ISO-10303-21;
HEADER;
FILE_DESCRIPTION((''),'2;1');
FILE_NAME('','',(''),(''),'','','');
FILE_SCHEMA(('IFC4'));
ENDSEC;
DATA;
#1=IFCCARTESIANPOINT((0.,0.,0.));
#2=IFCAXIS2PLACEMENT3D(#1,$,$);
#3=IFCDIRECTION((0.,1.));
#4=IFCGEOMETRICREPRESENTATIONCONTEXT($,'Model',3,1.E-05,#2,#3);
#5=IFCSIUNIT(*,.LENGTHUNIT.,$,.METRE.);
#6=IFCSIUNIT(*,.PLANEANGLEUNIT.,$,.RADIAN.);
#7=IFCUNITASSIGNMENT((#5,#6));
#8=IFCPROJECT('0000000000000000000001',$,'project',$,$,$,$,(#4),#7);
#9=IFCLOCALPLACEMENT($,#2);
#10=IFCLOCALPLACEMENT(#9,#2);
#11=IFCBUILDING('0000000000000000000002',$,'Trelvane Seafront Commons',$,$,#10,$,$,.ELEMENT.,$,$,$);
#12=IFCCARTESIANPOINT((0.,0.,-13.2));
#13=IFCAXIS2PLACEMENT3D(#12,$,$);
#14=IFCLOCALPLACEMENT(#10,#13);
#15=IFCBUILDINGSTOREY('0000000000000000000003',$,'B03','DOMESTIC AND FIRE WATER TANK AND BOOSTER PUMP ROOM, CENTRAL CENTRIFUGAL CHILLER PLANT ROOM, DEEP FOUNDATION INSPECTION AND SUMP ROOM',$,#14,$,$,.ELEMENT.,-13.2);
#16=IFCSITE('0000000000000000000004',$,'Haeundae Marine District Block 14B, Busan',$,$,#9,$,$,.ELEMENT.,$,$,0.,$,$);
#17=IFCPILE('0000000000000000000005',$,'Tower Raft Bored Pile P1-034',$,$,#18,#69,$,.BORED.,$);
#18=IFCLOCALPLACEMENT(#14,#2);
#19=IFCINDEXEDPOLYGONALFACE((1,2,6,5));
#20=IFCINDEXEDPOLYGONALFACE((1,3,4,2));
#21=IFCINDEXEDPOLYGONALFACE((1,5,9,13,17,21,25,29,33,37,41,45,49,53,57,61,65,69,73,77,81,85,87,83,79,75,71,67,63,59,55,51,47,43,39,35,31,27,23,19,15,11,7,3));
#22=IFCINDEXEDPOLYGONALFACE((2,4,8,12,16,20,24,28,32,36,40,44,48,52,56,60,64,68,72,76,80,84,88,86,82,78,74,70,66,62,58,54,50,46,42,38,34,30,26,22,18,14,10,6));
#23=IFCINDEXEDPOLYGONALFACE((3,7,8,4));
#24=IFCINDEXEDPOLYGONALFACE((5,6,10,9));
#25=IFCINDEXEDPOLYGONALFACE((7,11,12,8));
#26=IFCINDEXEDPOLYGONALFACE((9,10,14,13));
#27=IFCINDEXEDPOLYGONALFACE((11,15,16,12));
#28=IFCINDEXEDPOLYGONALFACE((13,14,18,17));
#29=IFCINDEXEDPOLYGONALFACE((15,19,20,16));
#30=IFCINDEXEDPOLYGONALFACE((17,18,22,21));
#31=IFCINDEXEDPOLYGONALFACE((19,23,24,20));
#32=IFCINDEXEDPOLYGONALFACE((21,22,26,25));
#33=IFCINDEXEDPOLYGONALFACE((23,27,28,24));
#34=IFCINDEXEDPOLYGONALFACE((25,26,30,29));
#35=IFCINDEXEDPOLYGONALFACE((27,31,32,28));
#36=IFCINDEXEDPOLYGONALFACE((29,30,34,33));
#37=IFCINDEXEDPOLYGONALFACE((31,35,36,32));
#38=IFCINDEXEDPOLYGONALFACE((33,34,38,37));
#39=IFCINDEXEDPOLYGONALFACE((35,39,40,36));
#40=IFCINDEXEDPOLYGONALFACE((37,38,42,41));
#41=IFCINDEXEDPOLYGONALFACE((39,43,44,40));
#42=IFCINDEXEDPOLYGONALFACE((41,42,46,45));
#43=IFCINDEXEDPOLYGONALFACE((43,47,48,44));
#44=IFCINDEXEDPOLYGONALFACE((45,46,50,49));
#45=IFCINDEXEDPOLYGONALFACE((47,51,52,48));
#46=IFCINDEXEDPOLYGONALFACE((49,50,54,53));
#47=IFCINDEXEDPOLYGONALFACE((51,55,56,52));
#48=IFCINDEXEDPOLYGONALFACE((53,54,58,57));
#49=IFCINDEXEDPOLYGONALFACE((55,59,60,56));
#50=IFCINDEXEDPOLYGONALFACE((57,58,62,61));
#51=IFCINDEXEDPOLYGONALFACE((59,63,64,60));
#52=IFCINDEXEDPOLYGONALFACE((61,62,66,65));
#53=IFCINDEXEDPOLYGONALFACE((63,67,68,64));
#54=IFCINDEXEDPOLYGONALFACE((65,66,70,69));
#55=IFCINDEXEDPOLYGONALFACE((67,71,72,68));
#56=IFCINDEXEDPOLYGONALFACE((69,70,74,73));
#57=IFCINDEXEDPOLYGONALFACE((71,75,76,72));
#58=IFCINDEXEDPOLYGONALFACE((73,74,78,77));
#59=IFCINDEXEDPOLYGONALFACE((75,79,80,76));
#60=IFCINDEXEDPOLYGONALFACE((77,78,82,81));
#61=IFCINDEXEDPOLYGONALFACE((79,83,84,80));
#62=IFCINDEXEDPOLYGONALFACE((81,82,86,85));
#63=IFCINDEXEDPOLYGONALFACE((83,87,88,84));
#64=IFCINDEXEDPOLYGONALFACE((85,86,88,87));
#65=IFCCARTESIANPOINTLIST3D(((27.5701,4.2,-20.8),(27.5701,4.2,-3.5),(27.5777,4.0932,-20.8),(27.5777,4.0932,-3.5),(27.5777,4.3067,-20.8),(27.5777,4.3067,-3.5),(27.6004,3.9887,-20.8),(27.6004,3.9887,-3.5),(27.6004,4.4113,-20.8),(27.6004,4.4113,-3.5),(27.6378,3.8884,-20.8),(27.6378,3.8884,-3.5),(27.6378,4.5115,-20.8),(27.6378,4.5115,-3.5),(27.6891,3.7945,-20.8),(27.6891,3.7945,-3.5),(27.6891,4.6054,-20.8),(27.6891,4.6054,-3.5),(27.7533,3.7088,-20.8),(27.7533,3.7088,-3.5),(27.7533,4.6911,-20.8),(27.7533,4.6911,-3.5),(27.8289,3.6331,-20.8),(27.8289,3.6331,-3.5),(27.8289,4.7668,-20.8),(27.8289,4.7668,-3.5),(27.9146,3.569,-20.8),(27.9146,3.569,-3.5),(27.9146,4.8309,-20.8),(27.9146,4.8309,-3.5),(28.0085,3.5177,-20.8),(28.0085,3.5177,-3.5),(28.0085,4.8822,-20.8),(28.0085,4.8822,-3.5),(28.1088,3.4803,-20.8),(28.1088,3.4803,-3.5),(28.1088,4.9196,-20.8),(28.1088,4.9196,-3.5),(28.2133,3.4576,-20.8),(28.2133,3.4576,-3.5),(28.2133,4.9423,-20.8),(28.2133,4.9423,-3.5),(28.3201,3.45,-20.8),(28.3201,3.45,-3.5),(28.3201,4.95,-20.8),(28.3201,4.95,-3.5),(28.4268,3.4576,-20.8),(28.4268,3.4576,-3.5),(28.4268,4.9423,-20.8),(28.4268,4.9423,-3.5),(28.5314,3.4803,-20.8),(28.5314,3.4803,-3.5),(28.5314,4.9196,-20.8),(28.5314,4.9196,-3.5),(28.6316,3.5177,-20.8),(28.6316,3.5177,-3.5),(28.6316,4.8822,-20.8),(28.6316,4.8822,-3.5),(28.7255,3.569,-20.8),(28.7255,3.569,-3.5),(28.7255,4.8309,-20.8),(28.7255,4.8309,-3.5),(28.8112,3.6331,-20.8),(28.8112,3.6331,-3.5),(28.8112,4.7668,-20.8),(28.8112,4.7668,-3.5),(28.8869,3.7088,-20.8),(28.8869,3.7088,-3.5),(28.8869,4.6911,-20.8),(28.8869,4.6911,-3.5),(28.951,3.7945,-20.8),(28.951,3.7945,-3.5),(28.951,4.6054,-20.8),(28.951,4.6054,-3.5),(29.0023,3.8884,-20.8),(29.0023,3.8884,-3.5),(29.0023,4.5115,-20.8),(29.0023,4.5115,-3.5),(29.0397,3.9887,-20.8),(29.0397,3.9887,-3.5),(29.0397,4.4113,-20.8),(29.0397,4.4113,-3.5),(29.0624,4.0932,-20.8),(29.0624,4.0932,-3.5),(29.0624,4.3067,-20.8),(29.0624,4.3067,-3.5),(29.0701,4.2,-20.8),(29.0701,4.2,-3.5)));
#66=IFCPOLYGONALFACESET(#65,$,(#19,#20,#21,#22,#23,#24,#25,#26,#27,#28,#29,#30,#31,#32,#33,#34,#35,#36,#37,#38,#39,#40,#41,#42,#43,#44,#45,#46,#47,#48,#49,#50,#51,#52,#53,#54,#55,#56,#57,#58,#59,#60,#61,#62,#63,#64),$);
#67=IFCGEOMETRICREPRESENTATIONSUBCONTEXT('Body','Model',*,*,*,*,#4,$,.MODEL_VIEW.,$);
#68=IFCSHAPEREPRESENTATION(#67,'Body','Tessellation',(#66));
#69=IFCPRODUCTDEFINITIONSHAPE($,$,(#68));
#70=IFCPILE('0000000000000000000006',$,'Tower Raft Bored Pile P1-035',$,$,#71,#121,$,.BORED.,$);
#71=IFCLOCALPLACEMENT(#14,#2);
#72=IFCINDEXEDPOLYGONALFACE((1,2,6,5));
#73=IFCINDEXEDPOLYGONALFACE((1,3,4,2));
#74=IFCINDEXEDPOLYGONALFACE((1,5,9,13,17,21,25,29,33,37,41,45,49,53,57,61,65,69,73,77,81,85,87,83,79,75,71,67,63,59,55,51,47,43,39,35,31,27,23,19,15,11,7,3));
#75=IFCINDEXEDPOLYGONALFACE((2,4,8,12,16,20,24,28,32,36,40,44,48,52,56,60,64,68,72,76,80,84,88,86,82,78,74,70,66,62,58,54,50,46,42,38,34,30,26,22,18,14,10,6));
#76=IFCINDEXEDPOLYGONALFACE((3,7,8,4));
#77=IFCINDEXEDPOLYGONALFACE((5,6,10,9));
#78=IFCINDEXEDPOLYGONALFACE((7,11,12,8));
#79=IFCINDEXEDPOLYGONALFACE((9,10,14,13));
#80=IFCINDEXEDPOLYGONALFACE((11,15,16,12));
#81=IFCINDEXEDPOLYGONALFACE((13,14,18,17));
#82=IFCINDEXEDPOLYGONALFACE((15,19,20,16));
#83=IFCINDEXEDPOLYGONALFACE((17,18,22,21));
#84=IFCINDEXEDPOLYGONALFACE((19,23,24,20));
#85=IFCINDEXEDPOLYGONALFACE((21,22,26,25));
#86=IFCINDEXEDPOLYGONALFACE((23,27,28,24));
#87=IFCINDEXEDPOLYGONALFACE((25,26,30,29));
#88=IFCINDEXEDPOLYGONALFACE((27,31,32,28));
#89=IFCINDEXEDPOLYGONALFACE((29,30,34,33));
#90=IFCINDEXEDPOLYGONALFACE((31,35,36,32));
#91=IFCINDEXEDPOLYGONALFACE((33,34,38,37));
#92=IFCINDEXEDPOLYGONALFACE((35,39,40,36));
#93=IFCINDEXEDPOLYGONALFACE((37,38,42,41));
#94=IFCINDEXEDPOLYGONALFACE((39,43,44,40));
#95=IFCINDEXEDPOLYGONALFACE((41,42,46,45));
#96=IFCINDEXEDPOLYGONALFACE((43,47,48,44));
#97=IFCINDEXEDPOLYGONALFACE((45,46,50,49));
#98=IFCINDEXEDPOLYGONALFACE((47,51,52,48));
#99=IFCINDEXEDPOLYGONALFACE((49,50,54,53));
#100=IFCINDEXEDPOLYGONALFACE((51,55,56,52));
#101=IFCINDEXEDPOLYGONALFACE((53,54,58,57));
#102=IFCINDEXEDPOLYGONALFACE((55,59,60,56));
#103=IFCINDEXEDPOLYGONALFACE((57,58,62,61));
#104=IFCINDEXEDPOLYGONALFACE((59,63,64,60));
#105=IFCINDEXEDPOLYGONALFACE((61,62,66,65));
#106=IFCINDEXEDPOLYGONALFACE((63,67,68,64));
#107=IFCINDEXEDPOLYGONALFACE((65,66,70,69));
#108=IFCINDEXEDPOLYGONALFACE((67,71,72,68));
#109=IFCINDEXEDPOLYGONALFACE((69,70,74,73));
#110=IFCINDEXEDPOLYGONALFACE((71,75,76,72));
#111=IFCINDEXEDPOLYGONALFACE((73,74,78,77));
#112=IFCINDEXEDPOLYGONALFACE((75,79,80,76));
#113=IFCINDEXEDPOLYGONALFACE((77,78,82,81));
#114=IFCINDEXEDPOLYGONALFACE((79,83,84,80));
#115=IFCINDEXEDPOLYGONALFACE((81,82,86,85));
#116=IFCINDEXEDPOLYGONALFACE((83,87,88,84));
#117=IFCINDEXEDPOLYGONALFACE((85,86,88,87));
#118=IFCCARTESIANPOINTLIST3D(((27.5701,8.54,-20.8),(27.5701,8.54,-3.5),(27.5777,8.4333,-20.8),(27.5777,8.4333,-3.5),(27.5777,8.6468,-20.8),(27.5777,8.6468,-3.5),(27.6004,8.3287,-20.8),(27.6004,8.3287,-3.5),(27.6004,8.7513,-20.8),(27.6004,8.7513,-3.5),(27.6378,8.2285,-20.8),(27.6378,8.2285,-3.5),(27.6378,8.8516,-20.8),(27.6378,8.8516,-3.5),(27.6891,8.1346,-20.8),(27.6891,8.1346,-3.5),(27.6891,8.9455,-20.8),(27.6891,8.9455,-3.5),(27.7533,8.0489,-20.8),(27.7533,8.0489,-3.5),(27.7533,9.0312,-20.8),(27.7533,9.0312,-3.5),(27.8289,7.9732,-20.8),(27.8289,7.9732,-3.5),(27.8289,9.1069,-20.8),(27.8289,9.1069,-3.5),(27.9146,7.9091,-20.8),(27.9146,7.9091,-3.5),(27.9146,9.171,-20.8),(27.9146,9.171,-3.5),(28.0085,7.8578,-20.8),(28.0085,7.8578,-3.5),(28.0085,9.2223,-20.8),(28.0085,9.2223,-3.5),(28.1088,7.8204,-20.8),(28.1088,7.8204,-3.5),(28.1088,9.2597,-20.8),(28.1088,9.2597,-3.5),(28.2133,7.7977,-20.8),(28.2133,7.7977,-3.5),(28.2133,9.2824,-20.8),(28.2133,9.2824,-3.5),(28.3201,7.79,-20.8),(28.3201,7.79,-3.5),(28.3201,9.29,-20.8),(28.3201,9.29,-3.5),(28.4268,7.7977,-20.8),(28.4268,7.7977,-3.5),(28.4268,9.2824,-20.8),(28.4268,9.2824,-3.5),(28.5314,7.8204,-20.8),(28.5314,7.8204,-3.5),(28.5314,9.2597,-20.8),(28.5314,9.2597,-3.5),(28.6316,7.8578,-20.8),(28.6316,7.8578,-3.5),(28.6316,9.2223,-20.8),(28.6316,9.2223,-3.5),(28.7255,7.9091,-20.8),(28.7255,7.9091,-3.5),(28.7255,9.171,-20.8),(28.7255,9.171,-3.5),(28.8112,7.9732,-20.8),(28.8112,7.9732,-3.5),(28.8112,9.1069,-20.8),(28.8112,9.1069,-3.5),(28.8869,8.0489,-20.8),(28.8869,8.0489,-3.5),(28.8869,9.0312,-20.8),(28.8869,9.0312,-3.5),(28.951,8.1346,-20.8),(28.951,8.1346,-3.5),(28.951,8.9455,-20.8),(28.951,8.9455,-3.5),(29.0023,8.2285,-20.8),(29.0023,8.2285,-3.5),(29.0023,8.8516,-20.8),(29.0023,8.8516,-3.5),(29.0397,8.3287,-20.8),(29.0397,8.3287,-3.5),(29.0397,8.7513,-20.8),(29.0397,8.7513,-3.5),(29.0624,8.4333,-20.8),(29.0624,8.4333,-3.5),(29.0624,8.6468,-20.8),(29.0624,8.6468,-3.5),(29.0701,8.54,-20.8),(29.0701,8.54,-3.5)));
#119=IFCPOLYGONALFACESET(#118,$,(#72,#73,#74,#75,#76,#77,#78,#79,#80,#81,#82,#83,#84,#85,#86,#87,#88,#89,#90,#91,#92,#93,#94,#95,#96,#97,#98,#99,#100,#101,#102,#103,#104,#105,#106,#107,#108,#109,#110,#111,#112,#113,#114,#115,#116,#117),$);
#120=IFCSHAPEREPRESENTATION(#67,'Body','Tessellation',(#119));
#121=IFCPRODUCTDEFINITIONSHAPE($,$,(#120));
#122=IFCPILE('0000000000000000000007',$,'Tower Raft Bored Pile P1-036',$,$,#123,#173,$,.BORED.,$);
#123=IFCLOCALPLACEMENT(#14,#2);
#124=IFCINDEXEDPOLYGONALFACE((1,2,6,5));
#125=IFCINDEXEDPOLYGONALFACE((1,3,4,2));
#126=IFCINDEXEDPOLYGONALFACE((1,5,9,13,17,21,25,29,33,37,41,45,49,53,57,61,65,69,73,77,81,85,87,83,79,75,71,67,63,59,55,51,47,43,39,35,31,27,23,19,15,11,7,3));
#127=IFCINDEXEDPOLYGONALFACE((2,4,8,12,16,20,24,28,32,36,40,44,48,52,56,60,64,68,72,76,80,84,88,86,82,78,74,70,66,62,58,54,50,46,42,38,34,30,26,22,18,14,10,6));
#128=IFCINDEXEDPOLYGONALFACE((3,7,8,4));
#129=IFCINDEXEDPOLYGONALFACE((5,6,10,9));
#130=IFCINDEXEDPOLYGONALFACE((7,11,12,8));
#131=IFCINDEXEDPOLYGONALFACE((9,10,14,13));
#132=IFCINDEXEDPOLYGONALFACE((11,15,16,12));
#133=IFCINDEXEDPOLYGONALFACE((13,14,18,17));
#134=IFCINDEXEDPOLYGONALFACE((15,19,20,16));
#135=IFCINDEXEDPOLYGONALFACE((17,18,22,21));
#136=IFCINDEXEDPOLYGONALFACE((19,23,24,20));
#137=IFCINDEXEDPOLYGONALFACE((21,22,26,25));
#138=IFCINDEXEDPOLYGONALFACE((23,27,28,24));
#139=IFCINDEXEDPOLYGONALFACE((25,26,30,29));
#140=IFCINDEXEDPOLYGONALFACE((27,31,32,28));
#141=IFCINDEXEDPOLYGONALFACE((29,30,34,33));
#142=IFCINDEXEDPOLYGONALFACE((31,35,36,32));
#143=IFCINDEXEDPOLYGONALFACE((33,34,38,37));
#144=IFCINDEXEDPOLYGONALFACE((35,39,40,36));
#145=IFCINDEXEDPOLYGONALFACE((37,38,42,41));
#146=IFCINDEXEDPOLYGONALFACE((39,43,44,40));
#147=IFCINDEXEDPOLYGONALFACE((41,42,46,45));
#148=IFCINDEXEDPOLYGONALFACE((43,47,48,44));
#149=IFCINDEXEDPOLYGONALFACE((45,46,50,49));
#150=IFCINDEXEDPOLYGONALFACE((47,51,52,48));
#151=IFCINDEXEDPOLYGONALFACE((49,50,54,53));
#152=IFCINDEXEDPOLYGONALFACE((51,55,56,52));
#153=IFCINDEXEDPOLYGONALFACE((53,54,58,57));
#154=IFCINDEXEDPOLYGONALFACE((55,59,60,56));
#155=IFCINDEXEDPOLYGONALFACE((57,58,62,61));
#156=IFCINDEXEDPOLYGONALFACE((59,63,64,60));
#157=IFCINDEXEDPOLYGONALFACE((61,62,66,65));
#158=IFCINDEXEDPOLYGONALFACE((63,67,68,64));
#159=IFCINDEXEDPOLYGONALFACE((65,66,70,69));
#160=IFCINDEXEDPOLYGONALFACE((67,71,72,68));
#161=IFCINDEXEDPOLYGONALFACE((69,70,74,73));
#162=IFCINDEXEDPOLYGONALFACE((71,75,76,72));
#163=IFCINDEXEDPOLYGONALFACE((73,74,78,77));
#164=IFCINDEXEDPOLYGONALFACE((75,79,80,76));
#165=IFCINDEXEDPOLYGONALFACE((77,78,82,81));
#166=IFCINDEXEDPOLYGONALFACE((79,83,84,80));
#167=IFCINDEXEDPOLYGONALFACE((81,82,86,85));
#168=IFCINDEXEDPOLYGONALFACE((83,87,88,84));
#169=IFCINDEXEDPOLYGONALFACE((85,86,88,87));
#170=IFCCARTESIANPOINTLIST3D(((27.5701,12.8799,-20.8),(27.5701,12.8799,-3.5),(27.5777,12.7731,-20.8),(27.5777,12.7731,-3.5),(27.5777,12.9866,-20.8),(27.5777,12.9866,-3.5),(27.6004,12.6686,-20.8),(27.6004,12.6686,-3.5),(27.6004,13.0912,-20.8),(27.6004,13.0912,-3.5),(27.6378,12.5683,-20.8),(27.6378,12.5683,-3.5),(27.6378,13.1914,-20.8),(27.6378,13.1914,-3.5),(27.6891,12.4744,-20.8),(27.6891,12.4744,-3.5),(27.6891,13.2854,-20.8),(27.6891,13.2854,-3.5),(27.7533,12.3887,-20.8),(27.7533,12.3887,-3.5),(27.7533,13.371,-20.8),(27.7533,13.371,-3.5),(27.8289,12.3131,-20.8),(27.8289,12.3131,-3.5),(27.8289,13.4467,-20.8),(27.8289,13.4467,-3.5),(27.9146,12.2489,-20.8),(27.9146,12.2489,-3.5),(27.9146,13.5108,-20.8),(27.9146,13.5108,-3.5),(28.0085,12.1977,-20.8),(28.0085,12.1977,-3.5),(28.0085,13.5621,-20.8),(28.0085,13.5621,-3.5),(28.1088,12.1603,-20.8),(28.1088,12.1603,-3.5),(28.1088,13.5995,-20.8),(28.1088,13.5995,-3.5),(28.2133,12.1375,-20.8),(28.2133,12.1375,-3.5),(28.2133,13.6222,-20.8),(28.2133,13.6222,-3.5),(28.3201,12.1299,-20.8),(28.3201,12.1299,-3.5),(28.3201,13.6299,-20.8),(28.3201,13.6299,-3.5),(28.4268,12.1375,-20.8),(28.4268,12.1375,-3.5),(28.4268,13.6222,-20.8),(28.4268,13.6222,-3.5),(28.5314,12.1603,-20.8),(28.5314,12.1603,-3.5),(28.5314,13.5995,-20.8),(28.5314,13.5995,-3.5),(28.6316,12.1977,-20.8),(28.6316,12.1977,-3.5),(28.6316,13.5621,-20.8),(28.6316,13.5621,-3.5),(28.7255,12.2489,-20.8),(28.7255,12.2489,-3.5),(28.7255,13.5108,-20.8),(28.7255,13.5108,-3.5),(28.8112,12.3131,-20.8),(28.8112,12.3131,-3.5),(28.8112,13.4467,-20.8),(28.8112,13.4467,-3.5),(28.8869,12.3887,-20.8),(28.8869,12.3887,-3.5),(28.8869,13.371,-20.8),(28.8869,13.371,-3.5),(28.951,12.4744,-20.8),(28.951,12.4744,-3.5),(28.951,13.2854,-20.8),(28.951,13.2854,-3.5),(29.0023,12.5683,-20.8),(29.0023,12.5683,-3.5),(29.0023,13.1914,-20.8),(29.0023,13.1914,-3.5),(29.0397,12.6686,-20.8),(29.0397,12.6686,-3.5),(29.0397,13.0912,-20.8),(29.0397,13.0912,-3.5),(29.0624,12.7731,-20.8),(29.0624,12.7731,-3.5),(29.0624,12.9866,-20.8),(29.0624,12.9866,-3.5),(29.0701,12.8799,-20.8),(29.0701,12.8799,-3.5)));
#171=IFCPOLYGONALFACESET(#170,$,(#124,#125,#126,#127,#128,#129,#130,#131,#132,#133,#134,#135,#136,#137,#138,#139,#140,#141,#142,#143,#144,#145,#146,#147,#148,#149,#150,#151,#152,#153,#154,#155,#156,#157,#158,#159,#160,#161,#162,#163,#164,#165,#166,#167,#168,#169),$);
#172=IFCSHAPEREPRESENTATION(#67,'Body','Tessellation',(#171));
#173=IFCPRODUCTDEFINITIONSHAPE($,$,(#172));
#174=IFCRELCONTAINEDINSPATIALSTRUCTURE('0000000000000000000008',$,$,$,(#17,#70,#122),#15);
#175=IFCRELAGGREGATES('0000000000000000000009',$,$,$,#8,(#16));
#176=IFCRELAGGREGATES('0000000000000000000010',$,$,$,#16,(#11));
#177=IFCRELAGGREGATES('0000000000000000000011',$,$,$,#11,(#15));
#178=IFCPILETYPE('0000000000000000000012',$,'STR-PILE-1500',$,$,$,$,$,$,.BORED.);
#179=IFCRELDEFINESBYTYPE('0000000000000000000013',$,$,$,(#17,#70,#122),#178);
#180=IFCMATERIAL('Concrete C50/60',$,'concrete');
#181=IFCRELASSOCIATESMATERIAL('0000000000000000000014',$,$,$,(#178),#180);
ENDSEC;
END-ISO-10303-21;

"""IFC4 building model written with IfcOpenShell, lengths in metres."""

from ifc_helpers import new_model, si_unit, direction, frame, origin, origin_2d, place, context, subcontext, project, spatial, circle, extrude, source, transform, mapped, material, material_profile, profile_set, type_object, element, save


model = new_model("IFC4")

# Units and contexts
model_context = context("Model", 3, precision=1e-05, world=origin(), true_north=direction((0.0, 1.0)))
body_context = subcontext(model_context, "Body", "Model", "MODEL_VIEW")
ifc_project = project(units=[si_unit("LENGTHUNIT", "METRE"), si_unit("PLANEANGLEUNIT", "RADIAN")], contexts=[model_context])

# Site, building, storey
site_placement = place(None, origin())
site = spatial("IfcSite", under=ifc_project, at=site_placement, Name="Haeundae Marine District Block 14B, Busan", CompositionType="ELEMENT", RefElevation=0.0)
building_placement = place(site_placement, origin())
building = spatial("IfcBuilding", under=site, at=building_placement, Name="Trelvane Seafront Commons", CompositionType="ELEMENT")
storey_placement = place(building_placement, frame((0.0, 0.0, -13.2)))
storey = spatial("IfcBuildingStorey", under=building, at=storey_placement, Name="B03", Description="DOMESTIC AND FIRE WATER TANK AND BOOSTER PUMP ROOM, CENTRAL CENTRIFUGAL CHILLER PLANT ROOM, DEEP FOUNDATION INSPECTION AND SUMP ROOM", CompositionType="ELEMENT", Elevation=-13.2)

# Piles
ifc_material_1 = material(Name="Concrete C50/60", Category="concrete")
ifc_material_profile_1 = material_profile(ifc_material_1, circle(Radius=0.75, at=origin_2d()), Name="PILE-1500")
ifc_profile_set_1 = profile_set([ifc_material_profile_1], Name="Concrete C50/60")
pile_type = type_object("IfcPileType", Name="STR-PILE-1500", PredefinedType="BORED", material=ifc_profile_set_1)
shared_shape_1 = source(origin(), body_context, "Body", "SweptSolid", [
    extrude(circle(Radius=0.75, at=origin_2d()), origin(), (0.0, 0.0, 1.0), 17.3),
])
for number, where, z_axis, x_axis, name in (
    (1, (28.3201, 4.2, -3.5), (0.0, 0.0, -1.0), (1.0, 0.0, 0.0), "Tower Raft Bored Pile P1-034"),
    (2, (28.3201, 8.54, -3.5), (0.0, 0.0, -1.0), (1.0, 0.0, 0.0), "Tower Raft Bored Pile P1-035"),
    (3, (28.3201, 12.8799, -3.5), (0.0, 0.0, -1.0), (1.0, 0.0, 0.0), "Tower Raft Bored Pile P1-036"),
):
    element("IfcPile", number, at=place(storey_placement, frame(where, z_axis=z_axis, x_axis=x_axis)), inside=storey, type_object=pile_type, Name=name, PredefinedType="BORED", context=body_context, shape_type="MappedRepresentation", body=[
        mapped(shared_shape_1, transform((0.0, 0.0, 0.0), x_axis=(1.0, 0.0, 0.0), y_axis=(0.0, 1.0, 0.0), z_axis=(0.0, 0.0, 1.0), scale=1.0)),
    ])

save(model, "model.ifc")
